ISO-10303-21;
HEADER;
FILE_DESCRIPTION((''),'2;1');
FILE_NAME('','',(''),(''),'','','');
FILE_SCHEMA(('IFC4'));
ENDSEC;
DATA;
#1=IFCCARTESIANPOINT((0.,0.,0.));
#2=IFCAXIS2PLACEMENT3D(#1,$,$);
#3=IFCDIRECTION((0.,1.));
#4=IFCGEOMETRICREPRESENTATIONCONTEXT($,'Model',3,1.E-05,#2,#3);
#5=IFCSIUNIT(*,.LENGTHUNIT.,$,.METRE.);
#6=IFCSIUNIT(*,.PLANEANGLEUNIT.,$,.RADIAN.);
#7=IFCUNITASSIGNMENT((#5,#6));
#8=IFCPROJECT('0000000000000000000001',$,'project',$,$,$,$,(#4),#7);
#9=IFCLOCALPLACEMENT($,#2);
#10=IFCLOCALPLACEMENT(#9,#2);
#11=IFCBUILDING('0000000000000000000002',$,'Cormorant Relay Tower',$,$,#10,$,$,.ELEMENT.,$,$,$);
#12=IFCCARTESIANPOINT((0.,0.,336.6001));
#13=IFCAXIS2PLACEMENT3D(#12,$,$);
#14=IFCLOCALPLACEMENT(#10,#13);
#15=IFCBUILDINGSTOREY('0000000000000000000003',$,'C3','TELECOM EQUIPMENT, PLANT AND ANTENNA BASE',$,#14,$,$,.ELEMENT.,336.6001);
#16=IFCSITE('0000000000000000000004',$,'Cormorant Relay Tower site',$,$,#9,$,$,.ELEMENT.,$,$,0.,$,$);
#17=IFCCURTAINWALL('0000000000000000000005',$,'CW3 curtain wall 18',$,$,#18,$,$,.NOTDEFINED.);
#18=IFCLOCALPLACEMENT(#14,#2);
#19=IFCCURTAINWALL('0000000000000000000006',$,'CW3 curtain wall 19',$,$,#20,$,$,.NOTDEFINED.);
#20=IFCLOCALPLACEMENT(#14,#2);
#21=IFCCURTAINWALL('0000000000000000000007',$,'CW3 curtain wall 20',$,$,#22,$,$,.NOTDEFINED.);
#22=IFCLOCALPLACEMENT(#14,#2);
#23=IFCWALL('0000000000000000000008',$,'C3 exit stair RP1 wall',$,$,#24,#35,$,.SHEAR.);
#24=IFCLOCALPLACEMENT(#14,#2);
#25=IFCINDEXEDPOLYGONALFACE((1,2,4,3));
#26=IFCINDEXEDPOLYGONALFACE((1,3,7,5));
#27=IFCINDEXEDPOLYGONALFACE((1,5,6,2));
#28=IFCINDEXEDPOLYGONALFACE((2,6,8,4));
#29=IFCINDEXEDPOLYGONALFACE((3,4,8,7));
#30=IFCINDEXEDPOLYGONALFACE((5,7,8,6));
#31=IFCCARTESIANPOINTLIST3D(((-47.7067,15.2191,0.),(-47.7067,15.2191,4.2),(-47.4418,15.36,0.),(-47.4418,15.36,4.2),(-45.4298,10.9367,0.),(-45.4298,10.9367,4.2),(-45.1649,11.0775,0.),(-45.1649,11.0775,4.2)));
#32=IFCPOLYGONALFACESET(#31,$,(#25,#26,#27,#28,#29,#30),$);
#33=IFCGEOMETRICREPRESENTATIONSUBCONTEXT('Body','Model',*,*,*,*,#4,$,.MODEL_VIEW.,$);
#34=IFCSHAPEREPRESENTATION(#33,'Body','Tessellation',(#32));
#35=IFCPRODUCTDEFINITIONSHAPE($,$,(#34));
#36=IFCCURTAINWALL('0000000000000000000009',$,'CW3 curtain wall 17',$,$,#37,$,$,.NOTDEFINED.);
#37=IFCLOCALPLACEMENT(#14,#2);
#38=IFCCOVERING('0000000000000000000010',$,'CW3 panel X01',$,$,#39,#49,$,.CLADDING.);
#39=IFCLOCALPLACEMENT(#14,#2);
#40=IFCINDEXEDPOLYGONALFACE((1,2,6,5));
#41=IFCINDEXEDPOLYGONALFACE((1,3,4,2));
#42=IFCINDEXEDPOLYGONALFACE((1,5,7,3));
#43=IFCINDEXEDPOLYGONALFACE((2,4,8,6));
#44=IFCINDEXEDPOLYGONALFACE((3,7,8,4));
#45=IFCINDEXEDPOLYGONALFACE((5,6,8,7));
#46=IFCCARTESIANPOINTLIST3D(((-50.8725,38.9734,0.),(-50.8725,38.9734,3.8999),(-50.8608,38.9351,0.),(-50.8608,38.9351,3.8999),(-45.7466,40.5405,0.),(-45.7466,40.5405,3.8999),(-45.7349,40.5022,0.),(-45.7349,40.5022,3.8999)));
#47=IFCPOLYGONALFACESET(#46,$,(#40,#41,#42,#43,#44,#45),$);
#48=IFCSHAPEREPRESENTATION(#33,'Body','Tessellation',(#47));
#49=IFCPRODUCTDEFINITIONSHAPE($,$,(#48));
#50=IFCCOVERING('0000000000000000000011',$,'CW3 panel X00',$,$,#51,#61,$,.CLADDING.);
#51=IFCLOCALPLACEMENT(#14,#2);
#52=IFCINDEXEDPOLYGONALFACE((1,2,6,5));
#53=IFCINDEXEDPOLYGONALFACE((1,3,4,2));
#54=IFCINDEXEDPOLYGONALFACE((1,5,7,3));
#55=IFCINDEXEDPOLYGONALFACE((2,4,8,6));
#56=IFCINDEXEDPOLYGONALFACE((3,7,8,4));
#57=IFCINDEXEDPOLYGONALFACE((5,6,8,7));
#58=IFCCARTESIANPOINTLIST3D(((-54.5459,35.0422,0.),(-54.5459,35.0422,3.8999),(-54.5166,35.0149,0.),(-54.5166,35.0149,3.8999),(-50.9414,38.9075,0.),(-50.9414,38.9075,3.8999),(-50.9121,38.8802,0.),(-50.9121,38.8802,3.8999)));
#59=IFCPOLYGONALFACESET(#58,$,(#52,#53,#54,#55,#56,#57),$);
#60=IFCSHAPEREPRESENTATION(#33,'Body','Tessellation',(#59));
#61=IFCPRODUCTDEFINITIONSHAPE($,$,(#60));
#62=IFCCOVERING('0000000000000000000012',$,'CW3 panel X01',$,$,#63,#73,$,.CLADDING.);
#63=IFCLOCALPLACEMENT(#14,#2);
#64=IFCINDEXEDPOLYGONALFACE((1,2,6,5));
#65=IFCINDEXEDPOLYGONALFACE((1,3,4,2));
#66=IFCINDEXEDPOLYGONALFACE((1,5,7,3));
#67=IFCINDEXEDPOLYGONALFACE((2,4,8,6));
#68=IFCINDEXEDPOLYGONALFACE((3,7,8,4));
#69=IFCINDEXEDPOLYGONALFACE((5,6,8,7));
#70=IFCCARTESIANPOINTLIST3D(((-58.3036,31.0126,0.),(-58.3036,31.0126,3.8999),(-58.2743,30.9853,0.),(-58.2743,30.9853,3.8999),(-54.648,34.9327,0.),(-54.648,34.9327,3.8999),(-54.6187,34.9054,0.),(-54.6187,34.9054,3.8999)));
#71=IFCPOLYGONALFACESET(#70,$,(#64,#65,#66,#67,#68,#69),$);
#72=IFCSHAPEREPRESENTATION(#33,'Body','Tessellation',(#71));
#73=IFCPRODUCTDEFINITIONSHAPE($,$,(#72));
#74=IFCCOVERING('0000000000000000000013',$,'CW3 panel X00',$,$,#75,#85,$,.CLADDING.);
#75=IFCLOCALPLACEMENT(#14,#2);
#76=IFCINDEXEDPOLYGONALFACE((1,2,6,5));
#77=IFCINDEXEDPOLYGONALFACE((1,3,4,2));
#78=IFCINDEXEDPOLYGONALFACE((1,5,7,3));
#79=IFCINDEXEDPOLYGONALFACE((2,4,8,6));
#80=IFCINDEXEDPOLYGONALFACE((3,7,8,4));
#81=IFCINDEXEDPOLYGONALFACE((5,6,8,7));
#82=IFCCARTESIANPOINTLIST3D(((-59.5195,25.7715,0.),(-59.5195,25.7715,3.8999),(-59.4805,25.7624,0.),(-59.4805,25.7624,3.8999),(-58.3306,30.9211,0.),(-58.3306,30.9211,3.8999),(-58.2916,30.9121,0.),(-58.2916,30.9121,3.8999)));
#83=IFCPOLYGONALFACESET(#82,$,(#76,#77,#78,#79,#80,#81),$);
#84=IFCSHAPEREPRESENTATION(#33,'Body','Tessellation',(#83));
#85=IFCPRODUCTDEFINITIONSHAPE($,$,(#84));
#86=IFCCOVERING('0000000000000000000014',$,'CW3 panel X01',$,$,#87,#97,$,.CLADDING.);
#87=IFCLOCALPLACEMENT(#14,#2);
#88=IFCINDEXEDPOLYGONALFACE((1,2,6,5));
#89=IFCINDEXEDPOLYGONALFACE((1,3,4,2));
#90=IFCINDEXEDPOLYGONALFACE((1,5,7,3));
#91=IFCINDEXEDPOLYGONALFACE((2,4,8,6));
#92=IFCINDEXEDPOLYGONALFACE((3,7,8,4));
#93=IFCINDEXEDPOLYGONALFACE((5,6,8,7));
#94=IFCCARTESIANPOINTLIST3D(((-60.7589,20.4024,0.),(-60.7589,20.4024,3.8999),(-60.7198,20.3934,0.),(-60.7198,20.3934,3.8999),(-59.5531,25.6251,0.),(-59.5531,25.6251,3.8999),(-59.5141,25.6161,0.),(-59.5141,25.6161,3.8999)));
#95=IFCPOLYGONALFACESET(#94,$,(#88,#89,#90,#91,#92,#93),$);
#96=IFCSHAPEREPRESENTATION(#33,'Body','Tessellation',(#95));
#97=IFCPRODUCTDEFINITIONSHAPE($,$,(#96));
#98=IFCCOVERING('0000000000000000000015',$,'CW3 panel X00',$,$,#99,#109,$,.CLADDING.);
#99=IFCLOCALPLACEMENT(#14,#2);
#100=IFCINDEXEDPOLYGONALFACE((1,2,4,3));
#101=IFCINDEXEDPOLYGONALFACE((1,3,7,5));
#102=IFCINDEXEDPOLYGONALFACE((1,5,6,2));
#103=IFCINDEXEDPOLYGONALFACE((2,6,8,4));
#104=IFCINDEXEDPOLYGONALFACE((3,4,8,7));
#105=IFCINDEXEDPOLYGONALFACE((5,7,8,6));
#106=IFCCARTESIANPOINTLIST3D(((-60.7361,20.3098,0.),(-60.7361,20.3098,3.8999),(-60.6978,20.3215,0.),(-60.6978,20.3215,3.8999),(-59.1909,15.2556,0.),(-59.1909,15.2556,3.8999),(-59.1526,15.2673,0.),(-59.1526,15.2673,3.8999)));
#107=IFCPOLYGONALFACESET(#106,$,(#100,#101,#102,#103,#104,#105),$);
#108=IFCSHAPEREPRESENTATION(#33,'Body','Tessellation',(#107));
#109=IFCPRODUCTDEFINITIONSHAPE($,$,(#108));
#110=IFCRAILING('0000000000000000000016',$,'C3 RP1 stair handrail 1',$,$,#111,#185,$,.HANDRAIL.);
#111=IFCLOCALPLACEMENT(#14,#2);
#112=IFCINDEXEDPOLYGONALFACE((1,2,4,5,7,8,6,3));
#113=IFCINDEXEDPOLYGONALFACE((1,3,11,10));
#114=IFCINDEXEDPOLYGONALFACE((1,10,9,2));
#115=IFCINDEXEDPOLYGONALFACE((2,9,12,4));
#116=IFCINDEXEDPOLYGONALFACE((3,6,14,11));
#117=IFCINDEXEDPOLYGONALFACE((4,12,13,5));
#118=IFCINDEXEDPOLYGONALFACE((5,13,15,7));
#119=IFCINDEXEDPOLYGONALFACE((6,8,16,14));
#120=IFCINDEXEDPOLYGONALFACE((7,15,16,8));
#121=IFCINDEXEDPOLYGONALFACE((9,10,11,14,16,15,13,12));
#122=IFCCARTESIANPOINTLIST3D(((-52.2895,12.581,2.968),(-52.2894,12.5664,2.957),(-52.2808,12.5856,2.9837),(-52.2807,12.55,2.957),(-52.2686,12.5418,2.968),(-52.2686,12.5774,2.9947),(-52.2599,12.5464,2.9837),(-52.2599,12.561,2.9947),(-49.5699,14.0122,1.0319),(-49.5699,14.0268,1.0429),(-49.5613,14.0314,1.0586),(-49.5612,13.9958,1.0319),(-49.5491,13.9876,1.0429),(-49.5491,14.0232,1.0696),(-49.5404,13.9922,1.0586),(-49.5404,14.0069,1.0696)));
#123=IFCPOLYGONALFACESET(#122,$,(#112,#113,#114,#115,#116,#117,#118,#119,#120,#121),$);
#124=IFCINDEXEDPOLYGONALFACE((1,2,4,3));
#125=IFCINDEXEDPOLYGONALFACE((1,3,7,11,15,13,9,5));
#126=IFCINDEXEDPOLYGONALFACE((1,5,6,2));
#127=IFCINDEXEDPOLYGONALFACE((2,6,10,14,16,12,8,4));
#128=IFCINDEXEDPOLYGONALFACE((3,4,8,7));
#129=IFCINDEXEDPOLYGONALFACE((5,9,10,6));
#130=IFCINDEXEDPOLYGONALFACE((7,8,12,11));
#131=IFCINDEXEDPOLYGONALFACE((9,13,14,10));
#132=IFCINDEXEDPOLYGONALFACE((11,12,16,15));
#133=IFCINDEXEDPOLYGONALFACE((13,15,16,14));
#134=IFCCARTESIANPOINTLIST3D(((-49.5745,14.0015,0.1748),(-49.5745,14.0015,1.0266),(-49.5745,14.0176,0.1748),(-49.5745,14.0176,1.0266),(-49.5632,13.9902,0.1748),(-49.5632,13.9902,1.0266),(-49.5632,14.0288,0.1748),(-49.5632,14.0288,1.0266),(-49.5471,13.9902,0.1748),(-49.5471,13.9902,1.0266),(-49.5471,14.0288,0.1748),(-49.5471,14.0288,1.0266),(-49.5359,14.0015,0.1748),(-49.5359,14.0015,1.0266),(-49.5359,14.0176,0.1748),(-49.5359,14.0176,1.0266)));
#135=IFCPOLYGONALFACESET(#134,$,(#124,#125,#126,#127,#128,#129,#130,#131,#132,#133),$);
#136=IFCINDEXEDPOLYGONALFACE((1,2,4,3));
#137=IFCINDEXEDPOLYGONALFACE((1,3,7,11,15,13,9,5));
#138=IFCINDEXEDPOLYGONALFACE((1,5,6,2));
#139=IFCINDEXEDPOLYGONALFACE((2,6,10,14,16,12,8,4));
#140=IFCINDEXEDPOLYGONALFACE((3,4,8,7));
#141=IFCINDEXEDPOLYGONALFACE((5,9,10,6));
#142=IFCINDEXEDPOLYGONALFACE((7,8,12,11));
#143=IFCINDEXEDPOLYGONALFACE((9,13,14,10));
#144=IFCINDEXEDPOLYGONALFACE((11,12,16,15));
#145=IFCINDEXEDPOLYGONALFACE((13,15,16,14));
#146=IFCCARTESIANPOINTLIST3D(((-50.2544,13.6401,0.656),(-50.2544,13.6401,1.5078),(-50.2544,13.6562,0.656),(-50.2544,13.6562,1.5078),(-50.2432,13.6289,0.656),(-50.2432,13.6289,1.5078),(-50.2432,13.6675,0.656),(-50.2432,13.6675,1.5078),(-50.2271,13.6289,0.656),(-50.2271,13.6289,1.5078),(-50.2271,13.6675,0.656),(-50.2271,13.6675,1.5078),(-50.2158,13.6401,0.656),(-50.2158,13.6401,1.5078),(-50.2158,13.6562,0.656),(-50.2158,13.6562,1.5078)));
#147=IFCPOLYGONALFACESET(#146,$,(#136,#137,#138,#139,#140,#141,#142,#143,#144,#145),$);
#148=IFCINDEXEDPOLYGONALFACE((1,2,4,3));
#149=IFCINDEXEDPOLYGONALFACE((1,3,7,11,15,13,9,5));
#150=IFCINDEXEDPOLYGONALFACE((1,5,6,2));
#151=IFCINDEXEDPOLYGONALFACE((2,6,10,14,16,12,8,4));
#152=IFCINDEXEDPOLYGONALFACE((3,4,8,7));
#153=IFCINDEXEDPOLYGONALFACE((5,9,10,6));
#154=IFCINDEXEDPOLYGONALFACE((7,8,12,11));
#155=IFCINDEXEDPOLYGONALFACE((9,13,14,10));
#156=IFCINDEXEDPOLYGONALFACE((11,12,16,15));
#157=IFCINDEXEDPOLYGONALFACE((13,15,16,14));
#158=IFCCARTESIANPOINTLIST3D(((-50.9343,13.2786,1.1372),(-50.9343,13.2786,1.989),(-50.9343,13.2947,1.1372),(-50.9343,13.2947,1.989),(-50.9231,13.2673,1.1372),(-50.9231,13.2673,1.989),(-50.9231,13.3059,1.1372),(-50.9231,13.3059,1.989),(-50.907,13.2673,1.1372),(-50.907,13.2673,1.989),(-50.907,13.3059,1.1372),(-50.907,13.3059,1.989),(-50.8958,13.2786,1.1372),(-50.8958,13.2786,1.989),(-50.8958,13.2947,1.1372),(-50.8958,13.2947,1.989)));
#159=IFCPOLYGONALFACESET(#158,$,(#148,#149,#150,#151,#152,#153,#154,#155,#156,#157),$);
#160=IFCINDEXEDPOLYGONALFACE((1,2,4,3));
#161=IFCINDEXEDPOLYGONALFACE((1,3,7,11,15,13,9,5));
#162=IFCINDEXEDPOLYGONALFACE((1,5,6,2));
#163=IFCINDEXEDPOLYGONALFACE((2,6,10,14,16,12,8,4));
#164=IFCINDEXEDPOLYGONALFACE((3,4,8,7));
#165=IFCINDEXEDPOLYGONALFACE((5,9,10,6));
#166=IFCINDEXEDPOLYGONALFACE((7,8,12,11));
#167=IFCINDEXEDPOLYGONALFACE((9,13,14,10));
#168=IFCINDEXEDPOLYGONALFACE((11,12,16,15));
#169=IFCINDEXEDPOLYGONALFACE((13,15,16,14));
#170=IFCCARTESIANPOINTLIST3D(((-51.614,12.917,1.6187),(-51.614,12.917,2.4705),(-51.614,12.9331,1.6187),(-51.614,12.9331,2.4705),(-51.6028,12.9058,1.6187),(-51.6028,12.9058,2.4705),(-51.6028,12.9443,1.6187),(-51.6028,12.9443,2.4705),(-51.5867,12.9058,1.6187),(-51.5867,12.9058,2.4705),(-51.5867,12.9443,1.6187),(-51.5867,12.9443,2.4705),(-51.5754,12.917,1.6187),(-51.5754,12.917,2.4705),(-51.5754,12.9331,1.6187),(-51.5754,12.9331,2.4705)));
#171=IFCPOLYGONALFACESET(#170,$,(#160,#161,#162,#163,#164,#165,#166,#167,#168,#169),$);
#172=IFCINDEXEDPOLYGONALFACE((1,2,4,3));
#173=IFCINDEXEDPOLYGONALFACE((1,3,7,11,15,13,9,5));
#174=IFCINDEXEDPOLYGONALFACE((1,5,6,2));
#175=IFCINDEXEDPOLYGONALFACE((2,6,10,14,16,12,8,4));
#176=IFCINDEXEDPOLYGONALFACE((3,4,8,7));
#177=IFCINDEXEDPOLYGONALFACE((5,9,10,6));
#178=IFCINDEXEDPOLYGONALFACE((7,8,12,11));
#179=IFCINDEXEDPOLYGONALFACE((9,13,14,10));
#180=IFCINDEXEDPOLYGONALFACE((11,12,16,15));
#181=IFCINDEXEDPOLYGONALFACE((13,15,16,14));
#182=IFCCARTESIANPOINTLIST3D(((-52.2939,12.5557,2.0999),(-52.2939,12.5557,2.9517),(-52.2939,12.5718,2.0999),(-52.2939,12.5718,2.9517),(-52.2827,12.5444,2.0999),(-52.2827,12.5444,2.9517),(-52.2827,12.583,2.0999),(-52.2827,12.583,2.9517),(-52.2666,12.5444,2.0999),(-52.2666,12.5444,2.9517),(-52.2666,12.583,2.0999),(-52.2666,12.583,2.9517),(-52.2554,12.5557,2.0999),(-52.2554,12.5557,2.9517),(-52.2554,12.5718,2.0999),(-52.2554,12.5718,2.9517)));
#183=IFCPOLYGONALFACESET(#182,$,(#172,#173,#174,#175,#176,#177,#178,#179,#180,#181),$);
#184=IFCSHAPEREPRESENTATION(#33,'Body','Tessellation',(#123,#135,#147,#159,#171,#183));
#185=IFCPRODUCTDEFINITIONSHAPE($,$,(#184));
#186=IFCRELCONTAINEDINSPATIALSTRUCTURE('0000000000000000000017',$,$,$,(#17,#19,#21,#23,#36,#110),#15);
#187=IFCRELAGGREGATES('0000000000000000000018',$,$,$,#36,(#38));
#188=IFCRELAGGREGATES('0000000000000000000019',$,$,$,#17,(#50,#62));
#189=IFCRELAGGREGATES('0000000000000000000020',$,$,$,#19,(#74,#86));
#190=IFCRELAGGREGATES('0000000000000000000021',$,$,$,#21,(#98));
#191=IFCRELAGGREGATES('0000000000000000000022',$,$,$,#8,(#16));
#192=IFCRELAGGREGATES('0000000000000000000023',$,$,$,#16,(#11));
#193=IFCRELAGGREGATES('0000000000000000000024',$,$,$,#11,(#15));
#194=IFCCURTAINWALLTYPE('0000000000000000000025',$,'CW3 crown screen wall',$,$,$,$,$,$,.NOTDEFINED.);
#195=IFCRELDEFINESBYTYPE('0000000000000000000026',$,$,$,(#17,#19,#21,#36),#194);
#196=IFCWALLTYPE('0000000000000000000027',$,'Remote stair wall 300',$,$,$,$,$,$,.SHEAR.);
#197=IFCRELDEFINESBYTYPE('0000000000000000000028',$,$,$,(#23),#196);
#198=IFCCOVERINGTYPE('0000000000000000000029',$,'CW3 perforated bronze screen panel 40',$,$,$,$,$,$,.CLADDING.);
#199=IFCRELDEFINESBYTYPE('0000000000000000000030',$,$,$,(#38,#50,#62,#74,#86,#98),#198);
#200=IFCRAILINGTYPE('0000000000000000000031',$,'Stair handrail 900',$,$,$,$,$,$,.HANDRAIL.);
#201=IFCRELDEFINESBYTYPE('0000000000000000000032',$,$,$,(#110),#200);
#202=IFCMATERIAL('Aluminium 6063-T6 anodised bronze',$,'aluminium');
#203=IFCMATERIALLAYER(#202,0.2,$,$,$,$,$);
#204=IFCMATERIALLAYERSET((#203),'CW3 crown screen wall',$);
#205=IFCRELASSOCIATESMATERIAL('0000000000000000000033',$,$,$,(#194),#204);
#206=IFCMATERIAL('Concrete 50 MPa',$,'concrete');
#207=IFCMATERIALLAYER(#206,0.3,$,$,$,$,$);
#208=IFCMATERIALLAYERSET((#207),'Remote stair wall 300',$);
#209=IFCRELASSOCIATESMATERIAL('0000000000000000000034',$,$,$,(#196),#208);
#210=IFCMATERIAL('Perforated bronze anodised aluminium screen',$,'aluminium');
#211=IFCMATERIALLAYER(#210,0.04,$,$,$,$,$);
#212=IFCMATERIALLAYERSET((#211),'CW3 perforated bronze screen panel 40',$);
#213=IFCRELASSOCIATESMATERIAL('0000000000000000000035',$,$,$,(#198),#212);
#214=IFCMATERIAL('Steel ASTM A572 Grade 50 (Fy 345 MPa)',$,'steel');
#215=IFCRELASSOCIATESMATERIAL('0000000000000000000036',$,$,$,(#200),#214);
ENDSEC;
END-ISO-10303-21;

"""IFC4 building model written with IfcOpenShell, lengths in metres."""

from ifc_helpers import new_model, si_unit, direction, frame, frame_2d, origin, origin_2d, place, context, subcontext, project, spatial, polyline, rectangle, outline, extrude, material, layer, layer_set, type_object, element, aggregate, save


model = new_model("IFC4")

# Units and contexts
model_context = context("Model", 3, precision=1e-05, world=origin(), true_north=direction((0.0, 1.0)))
body_context = subcontext(model_context, "Body", "Model", "MODEL_VIEW")
ifc_project = project(units=[si_unit("LENGTHUNIT", "METRE"), si_unit("PLANEANGLEUNIT", "RADIAN")], contexts=[model_context])

# Site, building, storey
site_placement = place(None, origin())
site = spatial("IfcSite", under=ifc_project, at=site_placement, Name="Cormorant Relay Tower site", CompositionType="ELEMENT", RefElevation=0.0)
building_placement = place(site_placement, origin())
building = spatial("IfcBuilding", under=site, at=building_placement, Name="Cormorant Relay Tower", CompositionType="ELEMENT")
storey_placement = place(building_placement, frame((0.0, 0.0, 336.6001)))
storey = spatial("IfcBuildingStorey", under=building, at=storey_placement, Name="C3", Description="TELECOM EQUIPMENT, PLANT AND ANTENNA BASE", CompositionType="ELEMENT", Elevation=336.6001)

# Curtain walls
ifc_material_1 = material(Name="Aluminium 6063-T6 anodised bronze", Category="aluminium")
ifc_layer_1 = layer(ifc_material_1, 0.2)
ifc_layer_set_1 = layer_set([ifc_layer_1], Name="CW3 crown screen wall")
curtain_wall_type = type_object("IfcCurtainWallType", Name="CW3 crown screen wall", PredefinedType="NOTDEFINED", material=ifc_layer_set_1)
curtain_wall_1_placement = place(storey_placement, origin())
curtain_wall_1 = element("IfcCurtainWall", 1, at=curtain_wall_1_placement, inside=storey, type_object=curtain_wall_type, Name="CW3 curtain wall 18", PredefinedType="NOTDEFINED")
curtain_wall_2_placement = place(storey_placement, origin())
curtain_wall_2 = element("IfcCurtainWall", 2, at=curtain_wall_2_placement, inside=storey, type_object=curtain_wall_type, Name="CW3 curtain wall 19", PredefinedType="NOTDEFINED")
curtain_wall_3_placement = place(storey_placement, origin())
curtain_wall_3 = element("IfcCurtainWall", 3, at=curtain_wall_3_placement, inside=storey, type_object=curtain_wall_type, Name="CW3 curtain wall 20", PredefinedType="NOTDEFINED")

# Wall
ifc_material_2 = material(Name="Concrete 50 MPa", Category="concrete")
ifc_layer_2 = layer(ifc_material_2, 0.3)
ifc_layer_set_2 = layer_set([ifc_layer_2], Name="Remote stair wall 300")
wall_type_1 = type_object("IfcWallType", Name="Remote stair wall 300", PredefinedType="SHEAR", material=ifc_layer_set_2)
wall_1_placement = place(storey_placement, frame((-47.5742, 15.2896, 0.0), z_axis=(0.0, 0.0, 1.0), x_axis=(0.469443, -0.882963, 0.0)))
element("IfcWall", 4, at=wall_1_placement, inside=storey, type_object=wall_type_1, Name="C3 exit stair RP1 wall", PredefinedType="SHEAR", context=body_context, shape_type="SweptSolid", body=[
    extrude(rectangle(XDim=4.8501, YDim=0.3, at=frame_2d((2.425, 0.0))), origin(), (0.0, 0.0, 1.0), 4.2),
])

# Curtain wall, covering
curtain_wall_4_placement = place(storey_placement, origin())
curtain_wall_4 = element("IfcCurtainWall", 5, at=curtain_wall_4_placement, inside=storey, type_object=curtain_wall_type, Name="CW3 curtain wall 17", PredefinedType="NOTDEFINED")
ifc_material_3 = material(Name="Perforated bronze anodised aluminium screen", Category="aluminium")
ifc_layer_3 = layer(ifc_material_3, 0.04)
ifc_layer_set_3 = layer_set([ifc_layer_3], Name="CW3 perforated bronze screen panel 40")
covering_type = type_object("IfcCoveringType", Name="CW3 perforated bronze screen panel 40", PredefinedType="CLADDING", material=ifc_layer_set_3)
covering_1_placement = place(storey_placement, frame((-48.3037, 39.7378, 0.0), z_axis=(0.0, 0.0, 1.0), x_axis=(-0.956305, -0.292372, 0.0)))
covering_1 = element("IfcCovering", 6, at=covering_1_placement, type_object=covering_type, Name="CW3 panel X01", PredefinedType="CLADDING", context=body_context, shape_type="SweptSolid", body=[
    extrude(rectangle(XDim=5.3601, YDim=0.04, at=origin_2d()), origin(), (0.0, 0.0, 1.0), 3.8999),
])
aggregate(curtain_wall_4, [covering_1])

# Coverings
covering_2_placement = place(storey_placement, frame((-52.729, 36.9612, 0.0), z_axis=(0.0, 0.0, 1.0), x_axis=(-0.681998, -0.731354, 0.0)))
covering_2 = element("IfcCovering", 7, at=covering_2_placement, type_object=covering_type, Name="CW3 panel X00", PredefinedType="CLADDING", context=body_context, shape_type="SweptSolid", body=[
    extrude(rectangle(XDim=5.2852, YDim=0.04, at=origin_2d()), origin(), (0.0, 0.0, 1.0), 3.8999),
])
covering_3_placement = place(storey_placement, frame((-56.4612, 32.959, 0.0), z_axis=(0.0, 0.0, 1.0), x_axis=(-0.681998, -0.731354, 0.0)))
covering_3 = element("IfcCovering", 8, at=covering_3_placement, type_object=covering_type, Name="CW3 panel X01", PredefinedType="CLADDING", context=body_context, shape_type="SweptSolid", body=[
    extrude(rectangle(XDim=5.3601, YDim=0.04, at=origin_2d()), origin(), (0.0, 0.0, 1.0), 3.8999),
])
aggregate(curtain_wall_1, [covering_2, covering_3])
covering_4_placement = place(storey_placement, frame((-58.9055, 28.3418, 0.0), z_axis=(0.0, 0.0, 1.0), x_axis=(-0.224951, -0.97437, 0.0)))
covering_4 = element("IfcCovering", 9, at=covering_4_placement, type_object=covering_type, Name="CW3 panel X00", PredefinedType="CLADDING", context=body_context, shape_type="SweptSolid", body=[
    extrude(rectangle(XDim=5.2852, YDim=0.04, at=origin_2d()), origin(), (0.0, 0.0, 1.0), 3.8999),
])
covering_5_placement = place(storey_placement, frame((-60.1365, 23.0093, 0.0), z_axis=(0.0, 0.0, 1.0), x_axis=(-0.224951, -0.97437, 0.0)))
covering_5 = element("IfcCovering", 10, at=covering_5_placement, type_object=covering_type, Name="CW3 panel X01", PredefinedType="CLADDING", context=body_context, shape_type="SweptSolid", body=[
    extrude(rectangle(XDim=5.3601, YDim=0.04, at=origin_2d()), origin(), (0.0, 0.0, 1.0), 3.8999),
])
aggregate(curtain_wall_2, [covering_4, covering_5])
covering_6_placement = place(storey_placement, frame((-59.9443, 17.7886, 0.0), z_axis=(0.0, 0.0, 1.0), x_axis=(0.292372, -0.956305, 0.0)))
covering_6 = element("IfcCovering", 11, at=covering_6_placement, type_object=covering_type, Name="CW3 panel X00", PredefinedType="CLADDING", context=body_context, shape_type="SweptSolid", body=[
    extrude(rectangle(XDim=5.2852, YDim=0.04, at=origin_2d()), origin(), (0.0, 0.0, 1.0), 3.8999),
])
aggregate(curtain_wall_3, [covering_6])

# Railing
ifc_material_4 = material(Name="Steel ASTM A572 Grade 50 (Fy 345 MPa)", Category="steel")
railing_type = type_object("IfcRailingType", Name="Stair handrail 900", PredefinedType="HANDRAIL", material=ifc_material_4)
railing_placement = place(storey_placement, frame((-49.5552, 14.0095, 0.1748)))
element("IfcRailing", 12, at=railing_placement, inside=storey, type_object=railing_type, Name="C3 RP1 stair handrail 1", PredefinedType="HANDRAIL", context=body_context, shape_type="SweptSolid", body=[
    extrude(outline(polyline([(0.0222, 0.0093), (0.0093, 0.0222), (-0.0093, 0.0222), (-0.0222, 0.0093), (-0.0222, -0.0093), (-0.0093, -0.0222), (0.0093, -0.0222), (0.0222, -0.0093), (0.0222, 0.0093)])), frame((0.0, 0.0, 0.876), z_axis=(-0.748747, -0.398068, 0.530018), x_axis=(0.469428, -0.882971, 0.0)), (0.0, 0.0, 1.0), 3.6321),
    extrude(outline(polyline([(0.0193, 0.0081), (0.0081, 0.0193), (-0.0081, 0.0193), (-0.0193, 0.0081), (-0.0193, -0.0081), (-0.0081, -0.0193), (0.0081, -0.0193), (0.0193, -0.0081), (0.0193, 0.0081)])), origin(), (0.0, 0.0, 1.0), 0.8518),
    extrude(outline(polyline([(0.0193, 0.0081), (0.0081, 0.0193), (-0.0081, 0.0193), (-0.0193, 0.0081), (-0.0193, -0.0081), (-0.0081, -0.0193), (0.0081, -0.0193), (0.0193, -0.0081), (0.0193, 0.0081)])), frame((-0.6799, -0.3613, 0.4812)), (0.0, 0.0, 1.0), 0.8518),
    extrude(outline(polyline([(0.0193, 0.0081), (0.0081, 0.0193), (-0.0081, 0.0193), (-0.0193, 0.0081), (-0.0193, -0.0081), (-0.0081, -0.0193), (0.0081, -0.0193), (0.0193, -0.0081), (0.0193, 0.0081)])), frame((-1.3599, -0.7229, 0.9624)), (0.0, 0.0, 1.0), 0.8518),
    extrude(outline(polyline([(0.0193, 0.0081), (0.0081, 0.0193), (-0.0081, 0.0193), (-0.0193, 0.0081), (-0.0193, -0.0081), (-0.0081, -0.0193), (0.0081, -0.0193), (0.0193, -0.0081), (0.0193, 0.0081)])), frame((-2.0396, -1.0845, 1.4438)), (0.0, 0.0, 1.0), 0.8518),
    extrude(outline(polyline([(0.0193, 0.0081), (0.0081, 0.0193), (-0.0081, 0.0193), (-0.0193, 0.0081), (-0.0193, -0.0081), (-0.0081, -0.0193), (0.0081, -0.0193), (0.0193, -0.0081), (0.0193, 0.0081)])), frame((-2.7195, -1.4458, 1.925)), (0.0, 0.0, 1.0), 0.8518),
])

save(model, "model.ifc")
